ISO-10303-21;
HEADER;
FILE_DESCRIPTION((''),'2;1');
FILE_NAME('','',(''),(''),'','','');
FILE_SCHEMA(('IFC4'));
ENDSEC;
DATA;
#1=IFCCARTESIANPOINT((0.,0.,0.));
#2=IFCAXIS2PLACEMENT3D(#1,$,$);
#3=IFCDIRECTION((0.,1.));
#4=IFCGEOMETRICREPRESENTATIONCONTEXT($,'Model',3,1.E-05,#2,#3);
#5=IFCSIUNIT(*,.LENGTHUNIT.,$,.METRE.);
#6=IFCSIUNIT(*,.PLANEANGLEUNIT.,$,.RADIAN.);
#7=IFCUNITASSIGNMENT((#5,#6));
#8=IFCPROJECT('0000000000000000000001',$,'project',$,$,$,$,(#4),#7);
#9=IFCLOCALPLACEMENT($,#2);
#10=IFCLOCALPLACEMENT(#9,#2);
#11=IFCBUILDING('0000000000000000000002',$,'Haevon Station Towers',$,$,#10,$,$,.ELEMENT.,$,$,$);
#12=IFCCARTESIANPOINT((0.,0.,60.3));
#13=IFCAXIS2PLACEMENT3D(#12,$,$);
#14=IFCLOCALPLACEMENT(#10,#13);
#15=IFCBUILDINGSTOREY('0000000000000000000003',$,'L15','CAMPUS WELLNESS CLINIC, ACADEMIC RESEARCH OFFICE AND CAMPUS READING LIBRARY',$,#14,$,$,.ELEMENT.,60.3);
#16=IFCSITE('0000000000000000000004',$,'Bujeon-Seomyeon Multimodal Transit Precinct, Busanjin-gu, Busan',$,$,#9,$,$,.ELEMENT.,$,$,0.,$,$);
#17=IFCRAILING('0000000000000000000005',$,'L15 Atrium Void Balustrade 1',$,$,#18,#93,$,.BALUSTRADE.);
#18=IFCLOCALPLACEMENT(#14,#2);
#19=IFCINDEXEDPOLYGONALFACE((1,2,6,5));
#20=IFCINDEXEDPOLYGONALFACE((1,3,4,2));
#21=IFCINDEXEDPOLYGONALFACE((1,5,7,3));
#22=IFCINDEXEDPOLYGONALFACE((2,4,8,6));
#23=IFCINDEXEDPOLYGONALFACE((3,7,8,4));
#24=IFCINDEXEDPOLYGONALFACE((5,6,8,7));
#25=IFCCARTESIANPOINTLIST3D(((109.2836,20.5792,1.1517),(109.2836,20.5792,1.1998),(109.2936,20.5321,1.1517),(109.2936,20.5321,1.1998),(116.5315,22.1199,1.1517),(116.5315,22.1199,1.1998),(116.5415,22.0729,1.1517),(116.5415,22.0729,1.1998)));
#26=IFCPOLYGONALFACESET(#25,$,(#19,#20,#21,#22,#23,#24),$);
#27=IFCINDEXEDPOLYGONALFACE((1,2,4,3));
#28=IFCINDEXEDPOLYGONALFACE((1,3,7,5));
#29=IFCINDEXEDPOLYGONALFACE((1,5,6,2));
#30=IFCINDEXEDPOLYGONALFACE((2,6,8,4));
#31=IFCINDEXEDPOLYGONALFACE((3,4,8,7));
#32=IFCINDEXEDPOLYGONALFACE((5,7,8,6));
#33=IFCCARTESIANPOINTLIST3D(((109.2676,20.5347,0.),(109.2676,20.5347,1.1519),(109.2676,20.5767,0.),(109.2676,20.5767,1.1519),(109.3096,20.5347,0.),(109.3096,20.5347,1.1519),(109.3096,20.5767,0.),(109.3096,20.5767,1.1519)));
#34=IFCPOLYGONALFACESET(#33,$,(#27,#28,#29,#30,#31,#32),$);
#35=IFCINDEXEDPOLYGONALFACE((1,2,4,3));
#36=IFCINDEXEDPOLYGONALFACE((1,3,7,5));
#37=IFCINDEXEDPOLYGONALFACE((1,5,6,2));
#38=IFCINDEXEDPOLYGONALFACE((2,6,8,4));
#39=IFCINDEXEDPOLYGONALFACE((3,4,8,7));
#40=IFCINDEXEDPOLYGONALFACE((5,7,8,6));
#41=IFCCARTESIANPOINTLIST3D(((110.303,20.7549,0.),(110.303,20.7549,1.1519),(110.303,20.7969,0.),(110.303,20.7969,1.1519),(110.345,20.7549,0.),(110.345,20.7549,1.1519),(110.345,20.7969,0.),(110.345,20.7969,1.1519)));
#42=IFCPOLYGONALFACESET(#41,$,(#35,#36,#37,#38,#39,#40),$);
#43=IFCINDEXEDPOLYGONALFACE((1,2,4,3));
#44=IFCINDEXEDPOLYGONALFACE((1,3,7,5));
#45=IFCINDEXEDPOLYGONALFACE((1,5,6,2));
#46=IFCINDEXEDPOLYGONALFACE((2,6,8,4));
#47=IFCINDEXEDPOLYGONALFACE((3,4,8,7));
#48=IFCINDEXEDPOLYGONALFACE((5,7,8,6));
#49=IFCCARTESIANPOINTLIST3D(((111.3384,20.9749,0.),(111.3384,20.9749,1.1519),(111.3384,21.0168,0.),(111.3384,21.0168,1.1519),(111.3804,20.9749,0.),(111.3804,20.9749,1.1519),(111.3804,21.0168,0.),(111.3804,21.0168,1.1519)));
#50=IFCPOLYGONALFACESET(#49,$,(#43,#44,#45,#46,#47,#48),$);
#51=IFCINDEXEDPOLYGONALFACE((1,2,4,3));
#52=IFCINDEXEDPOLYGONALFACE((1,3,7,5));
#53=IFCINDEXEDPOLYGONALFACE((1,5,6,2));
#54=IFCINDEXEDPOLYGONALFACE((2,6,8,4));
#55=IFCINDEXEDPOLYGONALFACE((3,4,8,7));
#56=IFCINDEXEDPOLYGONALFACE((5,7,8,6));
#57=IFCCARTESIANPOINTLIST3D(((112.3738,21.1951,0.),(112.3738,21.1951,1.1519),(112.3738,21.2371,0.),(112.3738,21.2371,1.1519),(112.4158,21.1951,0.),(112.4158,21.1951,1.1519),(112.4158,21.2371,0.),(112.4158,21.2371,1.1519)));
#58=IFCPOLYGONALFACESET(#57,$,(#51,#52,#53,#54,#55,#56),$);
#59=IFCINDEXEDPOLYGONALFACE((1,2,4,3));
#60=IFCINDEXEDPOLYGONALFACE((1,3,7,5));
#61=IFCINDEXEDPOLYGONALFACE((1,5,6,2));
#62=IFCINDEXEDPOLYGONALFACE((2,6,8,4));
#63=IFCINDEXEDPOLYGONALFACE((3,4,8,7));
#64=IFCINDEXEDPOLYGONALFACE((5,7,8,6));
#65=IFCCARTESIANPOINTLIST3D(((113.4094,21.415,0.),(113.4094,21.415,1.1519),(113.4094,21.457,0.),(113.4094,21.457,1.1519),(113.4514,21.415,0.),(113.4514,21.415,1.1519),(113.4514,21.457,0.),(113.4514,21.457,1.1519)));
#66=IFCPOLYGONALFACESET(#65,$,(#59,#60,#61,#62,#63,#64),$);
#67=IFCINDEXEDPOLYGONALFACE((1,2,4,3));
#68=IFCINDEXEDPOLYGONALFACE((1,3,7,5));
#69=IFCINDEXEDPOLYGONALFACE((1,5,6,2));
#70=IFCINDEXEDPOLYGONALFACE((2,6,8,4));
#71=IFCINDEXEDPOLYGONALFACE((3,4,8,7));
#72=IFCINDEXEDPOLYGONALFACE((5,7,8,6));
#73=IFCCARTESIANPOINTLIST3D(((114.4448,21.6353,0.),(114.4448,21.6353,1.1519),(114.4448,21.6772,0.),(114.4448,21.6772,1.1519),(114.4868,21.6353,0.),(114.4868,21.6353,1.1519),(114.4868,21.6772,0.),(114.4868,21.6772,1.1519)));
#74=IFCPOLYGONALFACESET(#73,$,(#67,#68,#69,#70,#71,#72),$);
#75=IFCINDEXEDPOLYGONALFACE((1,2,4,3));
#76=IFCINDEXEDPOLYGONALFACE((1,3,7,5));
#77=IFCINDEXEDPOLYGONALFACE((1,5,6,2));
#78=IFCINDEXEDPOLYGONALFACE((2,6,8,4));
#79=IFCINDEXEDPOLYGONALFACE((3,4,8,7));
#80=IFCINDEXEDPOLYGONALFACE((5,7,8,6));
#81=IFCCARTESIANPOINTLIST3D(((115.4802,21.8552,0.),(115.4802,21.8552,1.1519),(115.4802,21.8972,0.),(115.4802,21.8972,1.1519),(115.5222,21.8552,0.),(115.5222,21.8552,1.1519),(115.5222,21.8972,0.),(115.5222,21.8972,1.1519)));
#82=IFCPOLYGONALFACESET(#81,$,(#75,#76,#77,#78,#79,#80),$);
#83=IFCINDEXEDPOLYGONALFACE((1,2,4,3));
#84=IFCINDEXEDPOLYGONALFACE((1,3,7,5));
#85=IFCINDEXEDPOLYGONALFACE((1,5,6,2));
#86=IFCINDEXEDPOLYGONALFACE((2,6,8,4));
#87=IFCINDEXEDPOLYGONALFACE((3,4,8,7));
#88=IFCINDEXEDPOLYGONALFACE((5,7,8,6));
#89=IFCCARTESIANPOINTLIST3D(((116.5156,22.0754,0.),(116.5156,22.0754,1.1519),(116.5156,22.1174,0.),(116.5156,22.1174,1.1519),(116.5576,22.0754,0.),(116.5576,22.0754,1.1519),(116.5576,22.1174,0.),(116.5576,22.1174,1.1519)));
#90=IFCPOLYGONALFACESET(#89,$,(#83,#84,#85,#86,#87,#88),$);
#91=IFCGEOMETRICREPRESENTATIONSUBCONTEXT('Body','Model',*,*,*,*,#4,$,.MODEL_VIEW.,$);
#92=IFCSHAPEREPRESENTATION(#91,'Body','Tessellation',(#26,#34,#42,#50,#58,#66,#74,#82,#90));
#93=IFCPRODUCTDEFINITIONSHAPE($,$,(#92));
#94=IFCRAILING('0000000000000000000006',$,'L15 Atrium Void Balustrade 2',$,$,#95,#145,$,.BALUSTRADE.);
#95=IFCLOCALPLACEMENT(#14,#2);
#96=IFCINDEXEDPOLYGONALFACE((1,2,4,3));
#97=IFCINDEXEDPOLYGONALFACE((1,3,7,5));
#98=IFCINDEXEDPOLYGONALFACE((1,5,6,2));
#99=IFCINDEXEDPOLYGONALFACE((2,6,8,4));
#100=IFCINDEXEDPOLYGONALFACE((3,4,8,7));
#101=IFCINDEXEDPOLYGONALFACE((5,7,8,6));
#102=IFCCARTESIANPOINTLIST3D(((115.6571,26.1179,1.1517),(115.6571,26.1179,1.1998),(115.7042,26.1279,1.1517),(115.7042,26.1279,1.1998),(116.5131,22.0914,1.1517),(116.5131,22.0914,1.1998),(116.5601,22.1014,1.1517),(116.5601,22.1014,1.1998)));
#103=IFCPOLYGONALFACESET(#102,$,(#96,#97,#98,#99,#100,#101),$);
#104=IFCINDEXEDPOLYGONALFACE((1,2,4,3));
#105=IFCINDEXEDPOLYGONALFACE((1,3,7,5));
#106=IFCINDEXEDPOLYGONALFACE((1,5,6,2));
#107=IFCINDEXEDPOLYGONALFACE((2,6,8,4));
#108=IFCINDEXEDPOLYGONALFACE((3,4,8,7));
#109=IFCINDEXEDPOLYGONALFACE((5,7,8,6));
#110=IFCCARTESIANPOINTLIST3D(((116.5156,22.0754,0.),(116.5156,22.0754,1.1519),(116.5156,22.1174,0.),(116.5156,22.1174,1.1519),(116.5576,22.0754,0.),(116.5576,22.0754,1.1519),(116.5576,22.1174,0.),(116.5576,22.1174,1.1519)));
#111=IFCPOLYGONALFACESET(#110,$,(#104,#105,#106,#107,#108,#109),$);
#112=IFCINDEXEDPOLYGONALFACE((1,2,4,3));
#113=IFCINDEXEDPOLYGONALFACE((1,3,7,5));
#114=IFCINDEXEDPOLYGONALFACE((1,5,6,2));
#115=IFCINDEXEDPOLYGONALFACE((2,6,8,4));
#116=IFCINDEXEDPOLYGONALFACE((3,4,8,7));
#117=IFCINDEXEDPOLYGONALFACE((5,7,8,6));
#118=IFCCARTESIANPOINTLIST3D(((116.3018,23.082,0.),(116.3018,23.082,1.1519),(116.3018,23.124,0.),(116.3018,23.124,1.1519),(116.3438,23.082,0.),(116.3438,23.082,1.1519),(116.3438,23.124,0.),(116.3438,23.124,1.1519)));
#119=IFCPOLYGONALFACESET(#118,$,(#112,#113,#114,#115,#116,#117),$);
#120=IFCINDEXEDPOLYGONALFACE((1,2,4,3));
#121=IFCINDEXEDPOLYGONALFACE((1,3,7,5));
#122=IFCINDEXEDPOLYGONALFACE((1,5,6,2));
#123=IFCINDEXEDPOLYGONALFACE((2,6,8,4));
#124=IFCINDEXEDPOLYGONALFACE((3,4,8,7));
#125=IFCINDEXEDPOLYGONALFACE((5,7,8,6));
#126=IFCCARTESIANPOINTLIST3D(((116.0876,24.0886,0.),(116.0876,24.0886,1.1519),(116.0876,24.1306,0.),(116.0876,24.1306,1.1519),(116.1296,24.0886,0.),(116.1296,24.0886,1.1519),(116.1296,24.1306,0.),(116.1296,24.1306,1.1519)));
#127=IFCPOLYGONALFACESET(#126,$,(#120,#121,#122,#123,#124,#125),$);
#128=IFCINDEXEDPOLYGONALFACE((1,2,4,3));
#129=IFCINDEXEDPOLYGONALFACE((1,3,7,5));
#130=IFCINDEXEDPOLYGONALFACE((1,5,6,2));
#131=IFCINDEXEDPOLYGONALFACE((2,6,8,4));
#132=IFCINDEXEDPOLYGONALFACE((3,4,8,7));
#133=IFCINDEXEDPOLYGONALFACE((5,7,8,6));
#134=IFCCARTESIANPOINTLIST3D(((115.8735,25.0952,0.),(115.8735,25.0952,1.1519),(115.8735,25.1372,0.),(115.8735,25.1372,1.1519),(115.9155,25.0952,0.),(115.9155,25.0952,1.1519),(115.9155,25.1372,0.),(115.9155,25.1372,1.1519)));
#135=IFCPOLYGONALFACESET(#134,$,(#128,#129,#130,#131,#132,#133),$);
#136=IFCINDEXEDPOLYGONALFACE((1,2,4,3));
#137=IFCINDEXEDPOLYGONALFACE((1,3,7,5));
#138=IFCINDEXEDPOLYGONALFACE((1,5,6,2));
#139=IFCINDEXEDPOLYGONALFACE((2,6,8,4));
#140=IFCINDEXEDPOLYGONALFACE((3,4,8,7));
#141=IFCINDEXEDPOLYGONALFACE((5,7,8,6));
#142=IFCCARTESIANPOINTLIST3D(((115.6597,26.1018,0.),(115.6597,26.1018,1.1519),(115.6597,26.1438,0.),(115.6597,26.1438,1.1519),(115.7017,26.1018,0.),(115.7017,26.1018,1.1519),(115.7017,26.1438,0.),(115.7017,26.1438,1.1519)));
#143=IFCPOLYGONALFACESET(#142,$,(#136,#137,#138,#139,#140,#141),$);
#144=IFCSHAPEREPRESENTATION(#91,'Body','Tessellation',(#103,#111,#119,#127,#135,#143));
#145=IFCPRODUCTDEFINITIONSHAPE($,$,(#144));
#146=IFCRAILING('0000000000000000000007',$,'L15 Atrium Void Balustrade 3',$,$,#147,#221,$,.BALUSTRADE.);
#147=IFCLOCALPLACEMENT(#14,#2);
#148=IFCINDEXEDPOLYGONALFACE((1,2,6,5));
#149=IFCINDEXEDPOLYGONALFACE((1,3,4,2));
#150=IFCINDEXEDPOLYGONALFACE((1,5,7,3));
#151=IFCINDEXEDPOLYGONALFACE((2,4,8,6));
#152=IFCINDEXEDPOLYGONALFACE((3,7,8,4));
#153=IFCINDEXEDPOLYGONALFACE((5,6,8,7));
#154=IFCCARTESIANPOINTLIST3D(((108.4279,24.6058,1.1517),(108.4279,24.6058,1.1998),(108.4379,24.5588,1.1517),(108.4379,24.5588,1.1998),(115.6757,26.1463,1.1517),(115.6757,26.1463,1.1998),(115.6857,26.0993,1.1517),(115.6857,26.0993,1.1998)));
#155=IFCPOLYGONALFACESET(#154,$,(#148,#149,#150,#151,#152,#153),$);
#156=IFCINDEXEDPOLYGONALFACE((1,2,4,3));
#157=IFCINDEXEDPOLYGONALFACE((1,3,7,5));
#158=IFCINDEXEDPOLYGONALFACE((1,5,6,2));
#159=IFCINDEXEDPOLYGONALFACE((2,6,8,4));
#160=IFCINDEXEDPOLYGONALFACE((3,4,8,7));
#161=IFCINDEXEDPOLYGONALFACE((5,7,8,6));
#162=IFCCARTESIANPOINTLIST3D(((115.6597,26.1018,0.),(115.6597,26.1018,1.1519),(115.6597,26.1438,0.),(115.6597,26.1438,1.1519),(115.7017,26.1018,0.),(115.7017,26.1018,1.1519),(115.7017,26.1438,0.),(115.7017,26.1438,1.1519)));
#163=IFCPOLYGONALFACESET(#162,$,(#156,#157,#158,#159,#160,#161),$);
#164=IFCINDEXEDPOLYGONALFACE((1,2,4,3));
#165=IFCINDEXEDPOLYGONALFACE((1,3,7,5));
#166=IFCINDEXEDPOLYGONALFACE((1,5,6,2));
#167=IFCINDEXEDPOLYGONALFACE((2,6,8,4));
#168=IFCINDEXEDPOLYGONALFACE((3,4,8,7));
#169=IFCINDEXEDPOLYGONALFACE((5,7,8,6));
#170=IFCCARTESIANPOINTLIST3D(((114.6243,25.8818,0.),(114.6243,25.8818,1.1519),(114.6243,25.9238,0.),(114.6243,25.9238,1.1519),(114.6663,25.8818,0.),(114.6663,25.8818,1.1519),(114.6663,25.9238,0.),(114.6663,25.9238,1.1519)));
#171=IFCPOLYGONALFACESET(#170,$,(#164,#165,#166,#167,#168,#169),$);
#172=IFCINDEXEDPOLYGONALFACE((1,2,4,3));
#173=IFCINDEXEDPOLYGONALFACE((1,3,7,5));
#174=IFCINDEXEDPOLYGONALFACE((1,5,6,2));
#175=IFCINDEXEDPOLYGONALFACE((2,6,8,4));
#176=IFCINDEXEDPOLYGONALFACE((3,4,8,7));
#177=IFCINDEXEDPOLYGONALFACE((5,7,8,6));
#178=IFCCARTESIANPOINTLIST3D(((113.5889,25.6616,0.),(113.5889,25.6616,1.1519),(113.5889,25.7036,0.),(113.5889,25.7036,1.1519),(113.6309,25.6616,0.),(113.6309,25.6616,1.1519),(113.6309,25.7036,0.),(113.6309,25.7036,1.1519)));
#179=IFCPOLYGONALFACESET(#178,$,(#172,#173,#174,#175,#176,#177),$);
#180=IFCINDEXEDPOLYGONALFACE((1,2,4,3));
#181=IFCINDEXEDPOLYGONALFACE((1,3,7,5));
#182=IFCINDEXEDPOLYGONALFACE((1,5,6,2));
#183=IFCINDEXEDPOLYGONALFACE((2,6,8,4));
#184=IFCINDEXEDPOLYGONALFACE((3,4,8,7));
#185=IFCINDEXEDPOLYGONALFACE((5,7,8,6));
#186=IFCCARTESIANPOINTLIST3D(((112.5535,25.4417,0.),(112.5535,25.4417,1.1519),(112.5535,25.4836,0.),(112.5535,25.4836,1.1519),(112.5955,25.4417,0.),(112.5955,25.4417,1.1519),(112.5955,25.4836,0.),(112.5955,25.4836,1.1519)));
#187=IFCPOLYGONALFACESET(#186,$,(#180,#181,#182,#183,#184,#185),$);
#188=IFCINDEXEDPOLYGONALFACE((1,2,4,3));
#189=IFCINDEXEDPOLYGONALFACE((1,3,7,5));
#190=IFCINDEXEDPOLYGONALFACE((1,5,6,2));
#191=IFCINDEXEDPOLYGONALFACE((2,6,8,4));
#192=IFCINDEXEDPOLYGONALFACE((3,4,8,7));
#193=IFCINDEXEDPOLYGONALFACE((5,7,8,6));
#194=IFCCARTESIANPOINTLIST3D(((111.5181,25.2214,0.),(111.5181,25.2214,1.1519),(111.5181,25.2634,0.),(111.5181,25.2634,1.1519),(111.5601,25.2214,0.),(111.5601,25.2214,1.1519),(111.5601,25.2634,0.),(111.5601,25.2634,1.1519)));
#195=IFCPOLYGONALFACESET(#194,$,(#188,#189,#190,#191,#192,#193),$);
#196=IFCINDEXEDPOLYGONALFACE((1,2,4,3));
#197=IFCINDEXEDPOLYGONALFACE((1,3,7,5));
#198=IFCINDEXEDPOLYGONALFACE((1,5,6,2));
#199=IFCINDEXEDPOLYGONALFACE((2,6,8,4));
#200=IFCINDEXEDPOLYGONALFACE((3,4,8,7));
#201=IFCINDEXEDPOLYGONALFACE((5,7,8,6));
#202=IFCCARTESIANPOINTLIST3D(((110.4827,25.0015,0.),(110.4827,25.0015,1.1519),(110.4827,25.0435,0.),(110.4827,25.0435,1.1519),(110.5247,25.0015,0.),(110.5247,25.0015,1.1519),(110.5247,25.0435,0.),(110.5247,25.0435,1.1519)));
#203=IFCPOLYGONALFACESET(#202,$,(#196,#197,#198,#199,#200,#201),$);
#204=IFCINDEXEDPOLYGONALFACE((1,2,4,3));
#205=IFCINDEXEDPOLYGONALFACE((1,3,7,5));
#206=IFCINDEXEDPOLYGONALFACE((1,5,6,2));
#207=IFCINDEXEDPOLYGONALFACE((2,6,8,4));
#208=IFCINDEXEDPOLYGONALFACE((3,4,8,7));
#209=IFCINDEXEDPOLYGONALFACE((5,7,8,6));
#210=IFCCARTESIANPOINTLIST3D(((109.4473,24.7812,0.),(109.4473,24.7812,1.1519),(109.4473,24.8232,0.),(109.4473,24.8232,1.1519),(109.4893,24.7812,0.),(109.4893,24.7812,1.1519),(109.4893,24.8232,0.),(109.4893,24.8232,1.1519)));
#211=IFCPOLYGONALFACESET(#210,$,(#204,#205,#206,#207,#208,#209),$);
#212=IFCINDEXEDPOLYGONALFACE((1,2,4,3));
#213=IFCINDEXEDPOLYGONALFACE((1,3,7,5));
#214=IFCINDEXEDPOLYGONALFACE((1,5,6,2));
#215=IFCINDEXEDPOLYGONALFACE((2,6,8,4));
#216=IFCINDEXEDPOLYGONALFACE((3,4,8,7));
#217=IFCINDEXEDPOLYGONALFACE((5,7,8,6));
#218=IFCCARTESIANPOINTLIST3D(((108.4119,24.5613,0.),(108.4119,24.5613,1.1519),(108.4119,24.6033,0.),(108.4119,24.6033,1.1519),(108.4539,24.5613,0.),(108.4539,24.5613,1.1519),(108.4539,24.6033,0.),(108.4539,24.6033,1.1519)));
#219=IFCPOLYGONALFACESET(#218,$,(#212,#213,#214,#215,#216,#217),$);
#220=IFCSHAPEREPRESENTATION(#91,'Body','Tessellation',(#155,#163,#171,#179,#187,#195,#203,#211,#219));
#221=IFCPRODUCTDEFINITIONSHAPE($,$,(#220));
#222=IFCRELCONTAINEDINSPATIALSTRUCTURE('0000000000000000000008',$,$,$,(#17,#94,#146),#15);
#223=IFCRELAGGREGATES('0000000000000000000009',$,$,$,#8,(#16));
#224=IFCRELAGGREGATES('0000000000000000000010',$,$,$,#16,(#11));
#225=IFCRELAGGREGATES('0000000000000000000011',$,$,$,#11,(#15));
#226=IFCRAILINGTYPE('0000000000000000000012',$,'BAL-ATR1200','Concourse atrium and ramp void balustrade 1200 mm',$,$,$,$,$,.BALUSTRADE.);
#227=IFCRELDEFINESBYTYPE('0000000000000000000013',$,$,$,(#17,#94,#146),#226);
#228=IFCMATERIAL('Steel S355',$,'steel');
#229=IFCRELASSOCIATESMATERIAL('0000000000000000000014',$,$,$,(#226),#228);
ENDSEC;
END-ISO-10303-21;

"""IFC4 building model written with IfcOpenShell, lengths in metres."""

from ifc_helpers import new_model, si_unit, direction, frame, origin, origin_2d, place, context, subcontext, project, spatial, rectangle, extrude, material, type_object, element, save


model = new_model("IFC4")

# Units and contexts
model_context = context("Model", 3, precision=1e-05, world=origin(), true_north=direction((0.0, 1.0)))
body_context = subcontext(model_context, "Body", "Model", "MODEL_VIEW")
ifc_project = project(units=[si_unit("LENGTHUNIT", "METRE"), si_unit("PLANEANGLEUNIT", "RADIAN")], contexts=[model_context])

# Site, building, storey
site_placement = place(None, origin())
site = spatial("IfcSite", under=ifc_project, at=site_placement, Name="Bujeon-Seomyeon Multimodal Transit Precinct, Busanjin-gu, Busan", CompositionType="ELEMENT", RefElevation=0.0)
building_placement = place(site_placement, origin())
building = spatial("IfcBuilding", under=site, at=building_placement, Name="Haevon Station Towers", CompositionType="ELEMENT")
storey_placement = place(building_placement, frame((0.0, 0.0, 60.3)))
storey = spatial("IfcBuildingStorey", under=building, at=storey_placement, Name="L15", Description="CAMPUS WELLNESS CLINIC, ACADEMIC RESEARCH OFFICE AND CAMPUS READING LIBRARY", CompositionType="ELEMENT", Elevation=60.3)

# Shared definitions
ifc_material_1 = material(Name="Steel S355", Category="steel")

# Railings
railing_type_1 = type_object("IfcRailingType", Name="BAL-ATR1200", Description="Concourse atrium and ramp void balustrade 1200 mm", PredefinedType="BALUSTRADE", material=ifc_material_1)
railing_1_placement = place(storey_placement, frame((109.2886, 20.5557, 0.0)))
element("IfcRailing", 1, at=railing_1_placement, inside=storey, type_object=railing_type_1, Name="L15 Atrium Void Balustrade 1", PredefinedType="BALUSTRADE", context=body_context, shape_type="SweptSolid", body=[
    extrude(rectangle(XDim=0.0481, YDim=0.0481, at=origin_2d()), frame((0.0, 0.0, 1.1758), z_axis=(0.978143, 0.207931, 0.0), x_axis=(-0.207931, 0.978143, 0.0)), (0.0, 0.0, 1.0), 7.4099),
    extrude(rectangle(XDim=0.042, YDim=0.042, at=origin_2d()), origin(), (0.0, 0.0, 1.0), 1.1519),
    extrude(rectangle(XDim=0.042, YDim=0.042, at=origin_2d()), frame((1.0354, 0.2202, 0.0)), (0.0, 0.0, 1.0), 1.1519),
    extrude(rectangle(XDim=0.042, YDim=0.042, at=origin_2d()), frame((2.0708, 0.4402, 0.0)), (0.0, 0.0, 1.0), 1.1519),
    extrude(rectangle(XDim=0.042, YDim=0.042, at=origin_2d()), frame((3.1062, 0.6604, 0.0)), (0.0, 0.0, 1.0), 1.1519),
    extrude(rectangle(XDim=0.042, YDim=0.042, at=origin_2d()), frame((4.1418, 0.8804, 0.0)), (0.0, 0.0, 1.0), 1.1519),
    extrude(rectangle(XDim=0.042, YDim=0.042, at=origin_2d()), frame((5.1772, 1.1006, 0.0)), (0.0, 0.0, 1.0), 1.1519),
    extrude(rectangle(XDim=0.042, YDim=0.042, at=origin_2d()), frame((6.2126, 1.3206, 0.0)), (0.0, 0.0, 1.0), 1.1519),
    extrude(rectangle(XDim=0.042, YDim=0.042, at=origin_2d()), frame((7.248, 1.5408, 0.0)), (0.0, 0.0, 1.0), 1.1519),
])
railing_2_placement = place(storey_placement, frame((116.5366, 22.0964, 0.0)))
element("IfcRailing", 2, at=railing_2_placement, inside=storey, type_object=railing_type_1, Name="L15 Atrium Void Balustrade 2", PredefinedType="BALUSTRADE", context=body_context, shape_type="SweptSolid", body=[
    extrude(rectangle(XDim=0.0481, YDim=0.0481, at=origin_2d()), frame((0.0, 0.0, 1.1758), z_axis=(-0.207941, 0.978141, 0.0), x_axis=(-0.978141, -0.207941, 0.0)), (0.0, 0.0, 1.0), 4.1165),
    extrude(rectangle(XDim=0.042, YDim=0.042, at=origin_2d()), origin(), (0.0, 0.0, 1.0), 1.1519),
    extrude(rectangle(XDim=0.042, YDim=0.042, at=origin_2d()), frame((-0.2139, 1.0066, 0.0)), (0.0, 0.0, 1.0), 1.1519),
    extrude(rectangle(XDim=0.042, YDim=0.042, at=origin_2d()), frame((-0.428, 2.0132, 0.0)), (0.0, 0.0, 1.0), 1.1519),
    extrude(rectangle(XDim=0.042, YDim=0.042, at=origin_2d()), frame((-0.6421, 3.0198, 0.0)), (0.0, 0.0, 1.0), 1.1519),
    extrude(rectangle(XDim=0.042, YDim=0.042, at=origin_2d()), frame((-0.856, 4.0264, 0.0)), (0.0, 0.0, 1.0), 1.1519),
])
railing_3_placement = place(storey_placement, frame((115.6807, 26.1228, 0.0)))
element("IfcRailing", 3, at=railing_3_placement, inside=storey, type_object=railing_type_1, Name="L15 Atrium Void Balustrade 3", PredefinedType="BALUSTRADE", context=body_context, shape_type="SweptSolid", body=[
    extrude(rectangle(XDim=0.0481, YDim=0.0481, at=origin_2d()), frame((0.0, 0.0, 1.1758), z_axis=(-0.978149, -0.207906, 0.0), x_axis=(0.207906, -0.978149, 0.0)), (0.0, 0.0, 1.0), 7.4097),
    extrude(rectangle(XDim=0.042, YDim=0.042, at=origin_2d()), origin(), (0.0, 0.0, 1.0), 1.1519),
    extrude(rectangle(XDim=0.042, YDim=0.042, at=origin_2d()), frame((-1.0354, -0.22, 0.0)), (0.0, 0.0, 1.0), 1.1519),
    extrude(rectangle(XDim=0.042, YDim=0.042, at=origin_2d()), frame((-2.0708, -0.4402, 0.0)), (0.0, 0.0, 1.0), 1.1519),
    extrude(rectangle(XDim=0.042, YDim=0.042, at=origin_2d()), frame((-3.1062, -0.6602, 0.0)), (0.0, 0.0, 1.0), 1.1519),
    extrude(rectangle(XDim=0.042, YDim=0.042, at=origin_2d()), frame((-4.1416, -0.8804, 0.0)), (0.0, 0.0, 1.0), 1.1519),
    extrude(rectangle(XDim=0.042, YDim=0.042, at=origin_2d()), frame((-5.177, -1.1003, 0.0)), (0.0, 0.0, 1.0), 1.1519),
    extrude(rectangle(XDim=0.042, YDim=0.042, at=origin_2d()), frame((-6.2124, -1.3206, 0.0)), (0.0, 0.0, 1.0), 1.1519),
    extrude(rectangle(XDim=0.042, YDim=0.042, at=origin_2d()), frame((-7.2478, -1.5405, 0.0)), (0.0, 0.0, 1.0), 1.1519),
])

save(model, "model.ifc")
